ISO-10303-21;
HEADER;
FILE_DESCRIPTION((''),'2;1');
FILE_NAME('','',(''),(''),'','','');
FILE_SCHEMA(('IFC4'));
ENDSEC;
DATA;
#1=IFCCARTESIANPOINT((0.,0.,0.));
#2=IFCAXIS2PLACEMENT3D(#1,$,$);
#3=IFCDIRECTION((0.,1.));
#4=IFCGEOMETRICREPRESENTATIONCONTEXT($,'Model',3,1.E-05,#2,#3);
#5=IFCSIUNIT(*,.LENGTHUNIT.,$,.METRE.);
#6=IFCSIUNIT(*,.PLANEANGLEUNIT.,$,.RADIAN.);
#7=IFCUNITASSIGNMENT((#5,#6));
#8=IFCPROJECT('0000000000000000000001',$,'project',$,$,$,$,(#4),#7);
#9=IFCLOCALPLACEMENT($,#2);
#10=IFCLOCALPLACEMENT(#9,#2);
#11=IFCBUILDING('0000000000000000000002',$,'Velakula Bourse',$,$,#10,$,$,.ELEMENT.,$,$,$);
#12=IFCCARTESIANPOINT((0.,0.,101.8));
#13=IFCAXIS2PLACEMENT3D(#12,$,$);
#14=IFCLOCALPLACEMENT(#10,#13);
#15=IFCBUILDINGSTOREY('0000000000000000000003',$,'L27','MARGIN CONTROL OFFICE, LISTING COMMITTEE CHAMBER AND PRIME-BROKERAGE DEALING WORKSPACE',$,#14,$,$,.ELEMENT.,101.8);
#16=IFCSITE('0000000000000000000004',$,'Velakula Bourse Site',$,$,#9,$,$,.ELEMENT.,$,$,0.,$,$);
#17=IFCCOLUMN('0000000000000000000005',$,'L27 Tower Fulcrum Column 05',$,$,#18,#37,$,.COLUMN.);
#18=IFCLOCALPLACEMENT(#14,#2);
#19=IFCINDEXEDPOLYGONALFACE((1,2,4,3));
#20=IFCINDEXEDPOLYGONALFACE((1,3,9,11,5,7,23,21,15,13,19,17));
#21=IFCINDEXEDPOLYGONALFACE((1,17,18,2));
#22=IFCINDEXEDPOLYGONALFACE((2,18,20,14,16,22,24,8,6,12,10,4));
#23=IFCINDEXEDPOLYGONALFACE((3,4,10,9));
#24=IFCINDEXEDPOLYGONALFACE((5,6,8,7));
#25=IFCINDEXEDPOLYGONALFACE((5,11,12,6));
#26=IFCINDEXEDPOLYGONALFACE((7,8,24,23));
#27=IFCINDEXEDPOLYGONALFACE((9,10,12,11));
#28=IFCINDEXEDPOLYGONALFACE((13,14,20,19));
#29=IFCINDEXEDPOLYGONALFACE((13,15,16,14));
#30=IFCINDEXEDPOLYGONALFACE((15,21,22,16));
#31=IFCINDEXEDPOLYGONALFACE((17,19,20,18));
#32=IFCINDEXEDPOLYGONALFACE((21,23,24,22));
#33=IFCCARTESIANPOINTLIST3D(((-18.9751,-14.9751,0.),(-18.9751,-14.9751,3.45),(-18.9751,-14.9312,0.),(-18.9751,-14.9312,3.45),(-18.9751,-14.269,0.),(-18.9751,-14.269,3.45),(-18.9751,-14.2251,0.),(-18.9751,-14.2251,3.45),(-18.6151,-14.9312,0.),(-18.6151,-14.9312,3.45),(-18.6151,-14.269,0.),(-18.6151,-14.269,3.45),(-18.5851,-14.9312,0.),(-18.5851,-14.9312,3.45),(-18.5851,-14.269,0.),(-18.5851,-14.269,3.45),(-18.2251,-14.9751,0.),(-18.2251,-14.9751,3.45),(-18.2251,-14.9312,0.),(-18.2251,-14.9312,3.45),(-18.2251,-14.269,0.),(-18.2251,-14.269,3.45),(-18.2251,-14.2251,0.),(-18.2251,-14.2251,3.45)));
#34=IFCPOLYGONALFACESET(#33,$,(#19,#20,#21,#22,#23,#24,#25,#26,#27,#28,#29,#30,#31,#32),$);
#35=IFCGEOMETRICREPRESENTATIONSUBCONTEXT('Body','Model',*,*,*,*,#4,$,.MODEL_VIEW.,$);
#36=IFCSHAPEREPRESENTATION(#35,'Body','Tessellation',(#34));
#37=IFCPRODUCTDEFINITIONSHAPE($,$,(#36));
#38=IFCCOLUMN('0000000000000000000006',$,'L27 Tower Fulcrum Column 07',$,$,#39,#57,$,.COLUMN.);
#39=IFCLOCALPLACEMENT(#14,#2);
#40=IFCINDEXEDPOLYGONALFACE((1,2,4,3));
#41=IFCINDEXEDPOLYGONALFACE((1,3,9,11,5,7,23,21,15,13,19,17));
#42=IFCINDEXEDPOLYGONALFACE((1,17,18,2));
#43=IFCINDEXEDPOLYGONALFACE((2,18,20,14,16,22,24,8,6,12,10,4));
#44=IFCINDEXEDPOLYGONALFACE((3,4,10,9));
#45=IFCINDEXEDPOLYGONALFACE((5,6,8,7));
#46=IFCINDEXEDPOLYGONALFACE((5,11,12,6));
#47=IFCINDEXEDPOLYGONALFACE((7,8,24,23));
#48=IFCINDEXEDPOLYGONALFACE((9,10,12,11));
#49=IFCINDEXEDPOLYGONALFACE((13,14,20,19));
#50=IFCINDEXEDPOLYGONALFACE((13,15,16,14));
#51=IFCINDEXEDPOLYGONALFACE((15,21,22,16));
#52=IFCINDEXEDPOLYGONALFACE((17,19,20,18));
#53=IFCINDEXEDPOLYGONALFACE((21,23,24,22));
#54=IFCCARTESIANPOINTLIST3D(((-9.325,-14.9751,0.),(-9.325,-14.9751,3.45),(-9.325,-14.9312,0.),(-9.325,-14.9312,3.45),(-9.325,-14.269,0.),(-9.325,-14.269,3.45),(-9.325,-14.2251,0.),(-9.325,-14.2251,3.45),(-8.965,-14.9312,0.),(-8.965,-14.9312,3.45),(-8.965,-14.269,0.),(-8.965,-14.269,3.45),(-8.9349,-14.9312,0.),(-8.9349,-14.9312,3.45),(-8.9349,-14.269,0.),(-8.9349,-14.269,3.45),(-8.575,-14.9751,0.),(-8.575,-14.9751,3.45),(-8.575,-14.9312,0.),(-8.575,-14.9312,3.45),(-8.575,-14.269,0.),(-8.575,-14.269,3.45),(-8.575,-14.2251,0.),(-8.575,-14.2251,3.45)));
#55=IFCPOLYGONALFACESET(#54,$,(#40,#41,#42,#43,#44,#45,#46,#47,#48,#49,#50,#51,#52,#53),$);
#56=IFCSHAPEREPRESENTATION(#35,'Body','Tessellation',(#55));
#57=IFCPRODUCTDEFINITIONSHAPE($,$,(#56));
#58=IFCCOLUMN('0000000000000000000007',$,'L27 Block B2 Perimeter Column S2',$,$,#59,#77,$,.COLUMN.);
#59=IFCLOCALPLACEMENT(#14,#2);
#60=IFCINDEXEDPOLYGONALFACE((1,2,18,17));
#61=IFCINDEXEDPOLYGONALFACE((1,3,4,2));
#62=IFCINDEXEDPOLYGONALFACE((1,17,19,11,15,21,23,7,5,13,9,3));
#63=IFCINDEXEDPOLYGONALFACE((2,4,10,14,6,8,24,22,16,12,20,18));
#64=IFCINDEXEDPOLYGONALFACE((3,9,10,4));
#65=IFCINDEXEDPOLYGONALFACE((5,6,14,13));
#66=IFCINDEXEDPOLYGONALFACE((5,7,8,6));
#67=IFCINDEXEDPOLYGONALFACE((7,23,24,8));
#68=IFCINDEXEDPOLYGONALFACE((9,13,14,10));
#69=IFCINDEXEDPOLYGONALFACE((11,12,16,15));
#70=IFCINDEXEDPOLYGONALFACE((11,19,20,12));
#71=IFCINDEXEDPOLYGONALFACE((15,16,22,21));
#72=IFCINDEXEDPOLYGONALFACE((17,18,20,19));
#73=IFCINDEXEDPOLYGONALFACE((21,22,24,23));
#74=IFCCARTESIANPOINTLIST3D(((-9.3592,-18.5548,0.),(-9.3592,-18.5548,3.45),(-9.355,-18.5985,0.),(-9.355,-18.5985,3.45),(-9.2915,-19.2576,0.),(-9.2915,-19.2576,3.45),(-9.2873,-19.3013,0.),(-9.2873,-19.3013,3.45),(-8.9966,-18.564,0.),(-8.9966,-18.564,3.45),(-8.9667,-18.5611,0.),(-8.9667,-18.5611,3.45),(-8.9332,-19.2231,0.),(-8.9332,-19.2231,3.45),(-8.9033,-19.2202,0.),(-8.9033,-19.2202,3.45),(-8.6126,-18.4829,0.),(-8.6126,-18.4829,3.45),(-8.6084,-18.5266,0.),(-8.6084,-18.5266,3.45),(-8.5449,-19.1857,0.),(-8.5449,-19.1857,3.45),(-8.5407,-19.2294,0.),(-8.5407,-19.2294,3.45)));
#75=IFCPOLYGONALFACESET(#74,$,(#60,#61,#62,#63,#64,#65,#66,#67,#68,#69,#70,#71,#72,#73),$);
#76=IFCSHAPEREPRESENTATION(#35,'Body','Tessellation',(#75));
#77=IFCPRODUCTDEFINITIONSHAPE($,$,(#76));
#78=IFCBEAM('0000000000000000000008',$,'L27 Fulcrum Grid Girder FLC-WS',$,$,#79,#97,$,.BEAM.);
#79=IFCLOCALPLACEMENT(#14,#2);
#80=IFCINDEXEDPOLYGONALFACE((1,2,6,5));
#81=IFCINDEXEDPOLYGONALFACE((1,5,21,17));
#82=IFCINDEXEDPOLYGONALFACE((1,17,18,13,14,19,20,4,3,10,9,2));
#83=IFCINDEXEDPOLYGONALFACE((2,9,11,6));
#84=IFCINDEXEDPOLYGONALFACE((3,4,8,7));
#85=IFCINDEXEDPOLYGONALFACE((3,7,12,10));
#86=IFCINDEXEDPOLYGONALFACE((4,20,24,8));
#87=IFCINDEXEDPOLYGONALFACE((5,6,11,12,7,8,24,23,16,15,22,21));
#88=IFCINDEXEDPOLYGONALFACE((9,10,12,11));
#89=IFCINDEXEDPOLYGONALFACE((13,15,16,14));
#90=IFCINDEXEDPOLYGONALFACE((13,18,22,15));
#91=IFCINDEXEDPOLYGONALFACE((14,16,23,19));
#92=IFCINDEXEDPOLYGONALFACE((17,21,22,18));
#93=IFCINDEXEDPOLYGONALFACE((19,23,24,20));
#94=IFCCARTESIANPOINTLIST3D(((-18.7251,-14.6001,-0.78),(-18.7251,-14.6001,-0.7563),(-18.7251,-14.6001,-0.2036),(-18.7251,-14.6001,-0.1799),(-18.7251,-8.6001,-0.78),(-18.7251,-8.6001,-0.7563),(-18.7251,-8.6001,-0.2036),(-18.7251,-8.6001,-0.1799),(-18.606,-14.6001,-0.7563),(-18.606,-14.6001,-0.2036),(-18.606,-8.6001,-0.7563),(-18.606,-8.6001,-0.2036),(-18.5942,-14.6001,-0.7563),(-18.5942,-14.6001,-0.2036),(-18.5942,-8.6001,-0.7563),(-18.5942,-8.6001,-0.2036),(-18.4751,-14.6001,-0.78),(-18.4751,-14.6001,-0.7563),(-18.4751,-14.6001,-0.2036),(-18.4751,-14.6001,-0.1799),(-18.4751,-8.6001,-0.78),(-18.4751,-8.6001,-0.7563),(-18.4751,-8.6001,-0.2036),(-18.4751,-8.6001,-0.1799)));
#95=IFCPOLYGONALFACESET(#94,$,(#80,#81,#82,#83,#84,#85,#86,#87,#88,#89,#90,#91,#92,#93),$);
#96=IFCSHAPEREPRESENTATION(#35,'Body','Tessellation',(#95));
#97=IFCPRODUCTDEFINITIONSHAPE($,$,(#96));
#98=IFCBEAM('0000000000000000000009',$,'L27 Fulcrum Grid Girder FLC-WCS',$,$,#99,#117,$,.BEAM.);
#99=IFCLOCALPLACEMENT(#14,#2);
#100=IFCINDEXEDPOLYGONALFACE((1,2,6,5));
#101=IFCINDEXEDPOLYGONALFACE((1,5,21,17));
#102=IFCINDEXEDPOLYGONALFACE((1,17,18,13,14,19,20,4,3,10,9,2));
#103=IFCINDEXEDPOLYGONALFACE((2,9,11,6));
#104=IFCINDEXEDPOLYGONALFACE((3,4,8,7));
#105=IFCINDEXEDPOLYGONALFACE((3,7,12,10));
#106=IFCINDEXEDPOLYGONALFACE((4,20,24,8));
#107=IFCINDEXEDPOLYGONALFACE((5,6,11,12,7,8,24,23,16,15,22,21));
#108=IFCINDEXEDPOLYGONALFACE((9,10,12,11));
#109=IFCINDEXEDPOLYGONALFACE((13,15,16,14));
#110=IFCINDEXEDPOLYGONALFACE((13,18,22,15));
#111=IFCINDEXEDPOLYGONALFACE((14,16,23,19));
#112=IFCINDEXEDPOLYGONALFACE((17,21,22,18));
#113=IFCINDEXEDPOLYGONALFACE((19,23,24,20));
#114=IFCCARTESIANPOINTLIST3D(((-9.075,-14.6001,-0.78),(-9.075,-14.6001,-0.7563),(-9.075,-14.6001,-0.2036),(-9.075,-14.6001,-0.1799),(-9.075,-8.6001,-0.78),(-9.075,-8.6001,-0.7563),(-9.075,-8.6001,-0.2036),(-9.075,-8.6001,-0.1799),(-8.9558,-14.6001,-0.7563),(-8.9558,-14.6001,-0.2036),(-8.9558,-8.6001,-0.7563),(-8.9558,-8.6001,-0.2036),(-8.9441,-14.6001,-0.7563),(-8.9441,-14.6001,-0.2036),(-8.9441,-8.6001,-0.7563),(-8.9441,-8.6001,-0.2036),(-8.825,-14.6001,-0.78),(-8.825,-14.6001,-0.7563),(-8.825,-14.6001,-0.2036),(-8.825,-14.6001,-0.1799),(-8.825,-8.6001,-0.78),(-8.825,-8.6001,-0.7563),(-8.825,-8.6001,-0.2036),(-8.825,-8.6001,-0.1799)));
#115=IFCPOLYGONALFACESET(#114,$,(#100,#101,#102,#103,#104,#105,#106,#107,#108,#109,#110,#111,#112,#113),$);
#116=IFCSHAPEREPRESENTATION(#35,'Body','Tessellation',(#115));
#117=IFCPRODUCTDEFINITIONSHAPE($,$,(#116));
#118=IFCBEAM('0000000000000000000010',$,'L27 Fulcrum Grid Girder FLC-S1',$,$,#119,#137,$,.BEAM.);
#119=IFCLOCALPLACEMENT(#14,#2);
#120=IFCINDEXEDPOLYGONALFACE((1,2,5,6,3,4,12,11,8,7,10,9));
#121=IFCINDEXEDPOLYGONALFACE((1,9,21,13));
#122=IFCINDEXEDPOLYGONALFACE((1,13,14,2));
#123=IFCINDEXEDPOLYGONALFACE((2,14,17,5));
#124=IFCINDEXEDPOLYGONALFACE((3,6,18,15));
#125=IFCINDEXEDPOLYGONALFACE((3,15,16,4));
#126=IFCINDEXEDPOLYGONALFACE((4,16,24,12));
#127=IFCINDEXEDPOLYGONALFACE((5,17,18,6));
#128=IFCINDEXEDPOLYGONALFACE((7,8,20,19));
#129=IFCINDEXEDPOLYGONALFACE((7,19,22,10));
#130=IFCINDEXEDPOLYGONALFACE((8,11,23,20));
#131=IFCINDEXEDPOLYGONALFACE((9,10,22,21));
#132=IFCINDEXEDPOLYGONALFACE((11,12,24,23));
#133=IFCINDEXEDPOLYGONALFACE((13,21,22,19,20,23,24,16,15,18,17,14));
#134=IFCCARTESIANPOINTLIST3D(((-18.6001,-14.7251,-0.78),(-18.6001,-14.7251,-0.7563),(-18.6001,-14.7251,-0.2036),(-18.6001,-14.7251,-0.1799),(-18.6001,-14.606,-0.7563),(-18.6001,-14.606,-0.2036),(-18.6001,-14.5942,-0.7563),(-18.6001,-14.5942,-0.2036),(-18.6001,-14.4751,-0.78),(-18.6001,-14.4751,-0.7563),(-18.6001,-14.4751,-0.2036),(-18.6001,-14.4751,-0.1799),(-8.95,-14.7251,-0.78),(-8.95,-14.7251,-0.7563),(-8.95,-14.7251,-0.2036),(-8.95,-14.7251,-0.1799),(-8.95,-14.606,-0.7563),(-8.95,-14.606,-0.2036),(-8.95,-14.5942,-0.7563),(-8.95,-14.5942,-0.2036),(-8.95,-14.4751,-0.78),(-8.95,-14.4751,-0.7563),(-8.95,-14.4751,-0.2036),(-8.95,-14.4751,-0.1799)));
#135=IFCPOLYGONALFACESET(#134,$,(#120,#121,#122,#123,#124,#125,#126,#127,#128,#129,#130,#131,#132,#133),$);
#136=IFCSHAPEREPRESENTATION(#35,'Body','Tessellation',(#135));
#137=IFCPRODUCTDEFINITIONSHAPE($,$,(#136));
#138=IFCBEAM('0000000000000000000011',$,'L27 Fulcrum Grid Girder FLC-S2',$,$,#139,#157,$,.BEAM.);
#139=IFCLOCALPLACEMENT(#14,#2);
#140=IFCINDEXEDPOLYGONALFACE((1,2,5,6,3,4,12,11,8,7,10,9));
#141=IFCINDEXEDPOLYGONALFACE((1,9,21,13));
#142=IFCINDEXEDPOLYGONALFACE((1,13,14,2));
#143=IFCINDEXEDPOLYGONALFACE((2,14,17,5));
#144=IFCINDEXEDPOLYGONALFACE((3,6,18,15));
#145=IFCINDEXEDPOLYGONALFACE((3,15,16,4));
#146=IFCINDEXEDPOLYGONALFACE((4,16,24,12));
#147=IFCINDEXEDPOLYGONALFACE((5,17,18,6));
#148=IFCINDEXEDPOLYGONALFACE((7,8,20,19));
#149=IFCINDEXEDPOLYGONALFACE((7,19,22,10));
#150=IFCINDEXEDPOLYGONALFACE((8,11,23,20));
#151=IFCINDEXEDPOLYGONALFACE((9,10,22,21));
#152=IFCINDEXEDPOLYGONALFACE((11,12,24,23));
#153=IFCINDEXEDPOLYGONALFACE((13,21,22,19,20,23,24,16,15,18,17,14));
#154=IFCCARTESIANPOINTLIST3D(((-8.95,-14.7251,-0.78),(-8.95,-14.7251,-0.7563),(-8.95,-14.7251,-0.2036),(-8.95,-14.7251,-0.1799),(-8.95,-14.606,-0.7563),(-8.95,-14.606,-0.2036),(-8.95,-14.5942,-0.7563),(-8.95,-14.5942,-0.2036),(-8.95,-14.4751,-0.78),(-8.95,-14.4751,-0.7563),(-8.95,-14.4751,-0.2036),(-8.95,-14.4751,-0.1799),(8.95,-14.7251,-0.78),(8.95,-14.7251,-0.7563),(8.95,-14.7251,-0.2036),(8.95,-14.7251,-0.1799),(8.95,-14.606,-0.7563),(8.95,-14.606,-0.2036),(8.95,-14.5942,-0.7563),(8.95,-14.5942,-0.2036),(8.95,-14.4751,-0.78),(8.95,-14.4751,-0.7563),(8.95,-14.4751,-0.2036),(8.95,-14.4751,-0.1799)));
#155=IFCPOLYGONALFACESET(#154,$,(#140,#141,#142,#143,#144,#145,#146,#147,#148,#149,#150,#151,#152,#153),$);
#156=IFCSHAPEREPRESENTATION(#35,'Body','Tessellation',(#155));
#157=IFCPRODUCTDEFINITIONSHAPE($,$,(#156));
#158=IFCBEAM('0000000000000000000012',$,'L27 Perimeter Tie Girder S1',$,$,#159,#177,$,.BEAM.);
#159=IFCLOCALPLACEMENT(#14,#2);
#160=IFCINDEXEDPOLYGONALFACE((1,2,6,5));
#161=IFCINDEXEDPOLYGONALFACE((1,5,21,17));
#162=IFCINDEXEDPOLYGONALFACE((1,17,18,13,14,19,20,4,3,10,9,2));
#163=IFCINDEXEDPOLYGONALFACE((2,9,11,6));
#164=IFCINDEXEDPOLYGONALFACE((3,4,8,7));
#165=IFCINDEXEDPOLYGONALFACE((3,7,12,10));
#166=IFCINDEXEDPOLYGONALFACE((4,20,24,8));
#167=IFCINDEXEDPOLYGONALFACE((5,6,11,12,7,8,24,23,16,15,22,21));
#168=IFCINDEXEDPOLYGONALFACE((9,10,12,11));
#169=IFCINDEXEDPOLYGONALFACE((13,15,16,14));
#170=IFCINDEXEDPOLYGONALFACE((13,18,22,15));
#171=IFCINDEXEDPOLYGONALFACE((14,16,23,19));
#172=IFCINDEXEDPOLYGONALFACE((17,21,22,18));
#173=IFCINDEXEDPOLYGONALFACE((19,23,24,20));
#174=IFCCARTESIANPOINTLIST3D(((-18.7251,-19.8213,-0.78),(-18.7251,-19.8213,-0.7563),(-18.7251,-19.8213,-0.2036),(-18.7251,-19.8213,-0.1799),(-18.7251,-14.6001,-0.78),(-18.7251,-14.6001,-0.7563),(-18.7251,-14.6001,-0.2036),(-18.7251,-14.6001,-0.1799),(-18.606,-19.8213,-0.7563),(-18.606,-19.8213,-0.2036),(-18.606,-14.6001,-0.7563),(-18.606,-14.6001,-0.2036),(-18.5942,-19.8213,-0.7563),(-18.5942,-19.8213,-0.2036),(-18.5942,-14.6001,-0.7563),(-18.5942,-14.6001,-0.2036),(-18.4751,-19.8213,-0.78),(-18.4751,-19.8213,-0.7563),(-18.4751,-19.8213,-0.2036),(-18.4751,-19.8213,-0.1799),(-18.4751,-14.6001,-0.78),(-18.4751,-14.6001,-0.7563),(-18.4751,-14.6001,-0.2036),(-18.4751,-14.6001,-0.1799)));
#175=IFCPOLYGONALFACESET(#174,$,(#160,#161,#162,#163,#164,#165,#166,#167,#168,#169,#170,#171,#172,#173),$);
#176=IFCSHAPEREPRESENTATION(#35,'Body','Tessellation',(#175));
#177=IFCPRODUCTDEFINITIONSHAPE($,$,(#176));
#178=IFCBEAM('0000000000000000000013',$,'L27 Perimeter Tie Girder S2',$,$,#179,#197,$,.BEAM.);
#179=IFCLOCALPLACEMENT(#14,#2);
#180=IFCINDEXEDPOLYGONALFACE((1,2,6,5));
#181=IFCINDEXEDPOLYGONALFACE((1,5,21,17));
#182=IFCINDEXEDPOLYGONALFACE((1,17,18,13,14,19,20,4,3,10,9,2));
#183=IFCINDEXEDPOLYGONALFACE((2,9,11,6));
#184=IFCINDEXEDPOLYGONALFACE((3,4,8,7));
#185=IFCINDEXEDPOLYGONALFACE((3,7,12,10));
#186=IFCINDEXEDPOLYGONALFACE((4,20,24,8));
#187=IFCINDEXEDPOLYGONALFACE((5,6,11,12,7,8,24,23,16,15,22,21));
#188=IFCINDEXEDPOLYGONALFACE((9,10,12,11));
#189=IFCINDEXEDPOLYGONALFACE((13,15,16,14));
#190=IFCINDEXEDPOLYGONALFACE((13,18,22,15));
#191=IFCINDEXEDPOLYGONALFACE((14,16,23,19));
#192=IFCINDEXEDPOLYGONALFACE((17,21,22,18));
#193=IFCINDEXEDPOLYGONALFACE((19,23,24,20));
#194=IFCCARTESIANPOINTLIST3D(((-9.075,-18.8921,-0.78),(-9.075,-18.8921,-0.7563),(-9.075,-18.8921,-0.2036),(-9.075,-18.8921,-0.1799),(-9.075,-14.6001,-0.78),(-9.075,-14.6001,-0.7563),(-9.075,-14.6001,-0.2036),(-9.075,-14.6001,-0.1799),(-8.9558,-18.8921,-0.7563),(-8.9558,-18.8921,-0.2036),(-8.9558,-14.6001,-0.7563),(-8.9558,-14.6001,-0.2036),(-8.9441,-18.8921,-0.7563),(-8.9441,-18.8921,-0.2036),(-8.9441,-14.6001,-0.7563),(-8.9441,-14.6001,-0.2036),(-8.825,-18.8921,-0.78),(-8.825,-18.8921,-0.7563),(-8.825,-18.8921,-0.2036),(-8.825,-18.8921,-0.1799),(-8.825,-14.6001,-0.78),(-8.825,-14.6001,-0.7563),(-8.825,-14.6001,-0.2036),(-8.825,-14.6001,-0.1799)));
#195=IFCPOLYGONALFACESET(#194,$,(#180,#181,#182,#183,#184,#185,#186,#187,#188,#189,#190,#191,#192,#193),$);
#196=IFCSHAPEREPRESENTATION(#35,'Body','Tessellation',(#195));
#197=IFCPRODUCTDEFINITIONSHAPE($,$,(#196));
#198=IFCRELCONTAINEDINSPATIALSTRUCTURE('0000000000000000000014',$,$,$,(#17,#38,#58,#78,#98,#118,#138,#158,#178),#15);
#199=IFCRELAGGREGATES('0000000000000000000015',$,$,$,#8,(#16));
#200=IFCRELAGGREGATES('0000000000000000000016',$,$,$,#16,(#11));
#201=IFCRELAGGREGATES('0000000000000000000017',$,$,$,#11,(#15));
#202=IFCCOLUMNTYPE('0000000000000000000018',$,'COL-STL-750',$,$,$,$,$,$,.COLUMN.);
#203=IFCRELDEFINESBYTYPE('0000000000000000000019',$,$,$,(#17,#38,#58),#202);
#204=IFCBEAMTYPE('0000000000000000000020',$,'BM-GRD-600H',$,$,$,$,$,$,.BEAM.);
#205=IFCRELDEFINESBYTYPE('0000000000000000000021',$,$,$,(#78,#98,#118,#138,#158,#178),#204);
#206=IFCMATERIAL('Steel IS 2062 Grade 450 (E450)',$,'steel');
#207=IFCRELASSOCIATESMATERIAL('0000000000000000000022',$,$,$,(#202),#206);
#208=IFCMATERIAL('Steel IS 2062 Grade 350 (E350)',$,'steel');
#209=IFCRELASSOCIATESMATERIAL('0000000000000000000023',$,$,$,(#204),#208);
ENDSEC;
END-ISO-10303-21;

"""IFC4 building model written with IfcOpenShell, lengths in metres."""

from ifc_helpers import new_model, si_unit, direction, frame, origin, origin_2d, place, context, subcontext, project, spatial, i_section, extrude, material, material_profile, profile_set, type_object, element, save


model = new_model("IFC4")

# Units and contexts
model_context = context("Model", 3, precision=1e-05, world=origin(), true_north=direction((0.0, 1.0)))
body_context = subcontext(model_context, "Body", "Model", "MODEL_VIEW")
ifc_project = project(units=[si_unit("LENGTHUNIT", "METRE"), si_unit("PLANEANGLEUNIT", "RADIAN")], contexts=[model_context])

# Site, building, storey
site_placement = place(None, origin())
site = spatial("IfcSite", under=ifc_project, at=site_placement, Name="Velakula Bourse Site", CompositionType="ELEMENT", RefElevation=0.0)
building_placement = place(site_placement, origin())
building = spatial("IfcBuilding", under=site, at=building_placement, Name="Velakula Bourse", CompositionType="ELEMENT")
storey_placement = place(building_placement, frame((0.0, 0.0, 101.8)))
storey = spatial("IfcBuildingStorey", under=building, at=storey_placement, Name="L27", Description="MARGIN CONTROL OFFICE, LISTING COMMITTEE CHAMBER AND PRIME-BROKERAGE DEALING WORKSPACE", CompositionType="ELEMENT", Elevation=101.8)

# Columns
ifc_material_1 = material(Name="Steel IS 2062 Grade 450 (E450)", Category="steel")
ifc_material_profile_1 = material_profile(ifc_material_1, i_section(OverallWidth=0.75, OverallDepth=0.75, WebThickness=0.03, FlangeThickness=0.0439, at=origin_2d()), Name="Steel IS 2062 Grade 450 (E450)")
ifc_profile_set_1 = profile_set([ifc_material_profile_1], Name="Steel IS 2062 Grade 450 (E450)")
column_type = type_object("IfcColumnType", Name="COL-STL-750", PredefinedType="COLUMN", material=ifc_profile_set_1)
for number, where, z_axis, x_axis, name in (
    (1, (-18.6001, -14.6001, 0.0), (0.0, 0.0, 1.0), (1.0, 0.0, 0.0), "L27 Tower Fulcrum Column 05"),
    (2, (-8.95, -14.6001, 0.0), (0.0, 0.0, 1.0), (1.0, 0.0, 0.0), "L27 Tower Fulcrum Column 07"),
    (3, (-8.95, -18.8921, 0.0), (0.0, 0.0, 1.0), (0.995396, 0.095846, 0.0), "L27 Block B2 Perimeter Column S2"),
):
    element("IfcColumn", number, at=place(storey_placement, frame(where, z_axis=z_axis, x_axis=x_axis)), inside=storey, type_object=column_type, Name=name, PredefinedType="COLUMN", context=body_context, shape_type="SweptSolid", body=[
        extrude(i_section(OverallWidth=0.75, OverallDepth=0.75, WebThickness=0.03, FlangeThickness=0.0439, at=origin_2d()), origin(), (0.0, 0.0, 1.0), 3.45),
    ])

# Beams
ifc_material_2 = material(Name="Steel IS 2062 Grade 350 (E350)", Category="steel")
ifc_material_profile_2 = material_profile(ifc_material_2, i_section(OverallWidth=0.25, OverallDepth=0.6001, WebThickness=0.0117, FlangeThickness=0.0237, at=origin_2d()), Name="Steel IS 2062 Grade 350 (E350)")
ifc_profile_set_2 = profile_set([ifc_material_profile_2], Name="Steel IS 2062 Grade 350 (E350)")
beam_type_1 = type_object("IfcBeamType", Name="BM-GRD-600H", PredefinedType="BEAM", material=ifc_profile_set_2)
for number, where, z_axis, x_axis, name in (
    (4, (-18.6001, -14.6001, -0.48), (0.0, 1.0, 0.0), (-1.0, 0.0, 0.0), "L27 Fulcrum Grid Girder FLC-WS"),
    (5, (-8.95, -14.6001, -0.48), (0.0, 1.0, 0.0), (-1.0, 0.0, 0.0), "L27 Fulcrum Grid Girder FLC-WCS"),
):
    element("IfcBeam", number, at=place(storey_placement, frame(where, z_axis=z_axis, x_axis=x_axis)), inside=storey, type_object=beam_type_1, Name=name, PredefinedType="BEAM", context=body_context, shape_type="SweptSolid", body=[
        extrude(i_section(OverallWidth=0.25, OverallDepth=0.6001, WebThickness=0.0117, FlangeThickness=0.0237, at=origin_2d()), origin(), (0.0, 0.0, 1.0), 6.0),
    ])
beam_1_placement = place(storey_placement, frame((-18.6001, -14.6001, -0.48), z_axis=(1.0, 0.0, 0.0), x_axis=(0.0, 1.0, 0.0)))
element("IfcBeam", 6, at=beam_1_placement, inside=storey, type_object=beam_type_1, Name="L27 Fulcrum Grid Girder FLC-S1", PredefinedType="BEAM", context=body_context, shape_type="SweptSolid", body=[
    extrude(i_section(OverallWidth=0.25, OverallDepth=0.6001, WebThickness=0.0117, FlangeThickness=0.0237, at=origin_2d()), origin(), (0.0, 0.0, 1.0), 9.6501),
])
beam_2_placement = place(storey_placement, frame((-8.95, -14.6001, -0.48), z_axis=(1.0, 0.0, 0.0), x_axis=(0.0, 1.0, 0.0)))
element("IfcBeam", 7, at=beam_2_placement, inside=storey, type_object=beam_type_1, Name="L27 Fulcrum Grid Girder FLC-S2", PredefinedType="BEAM", context=body_context, shape_type="SweptSolid", body=[
    extrude(i_section(OverallWidth=0.25, OverallDepth=0.6001, WebThickness=0.0117, FlangeThickness=0.0237, at=origin_2d()), origin(), (0.0, 0.0, 1.0), 17.8999),
])
beam_3_placement = place(storey_placement, frame((-18.6001, -14.6001, -0.48), z_axis=(0.0, -1.0, 0.0), x_axis=(1.0, 0.0, 0.0)))
element("IfcBeam", 8, at=beam_3_placement, inside=storey, type_object=beam_type_1, Name="L27 Perimeter Tie Girder S1", PredefinedType="BEAM", context=body_context, shape_type="SweptSolid", body=[
    extrude(i_section(OverallWidth=0.25, OverallDepth=0.6001, WebThickness=0.0117, FlangeThickness=0.0237, at=origin_2d()), origin(), (0.0, 0.0, 1.0), 5.2212),
])
beam_4_placement = place(storey_placement, frame((-8.95, -14.6001, -0.48), z_axis=(0.0, -1.0, 0.0), x_axis=(1.0, 0.0, 0.0)))
element("IfcBeam", 9, at=beam_4_placement, inside=storey, type_object=beam_type_1, Name="L27 Perimeter Tie Girder S2", PredefinedType="BEAM", context=body_context, shape_type="SweptSolid", body=[
    extrude(i_section(OverallWidth=0.25, OverallDepth=0.6001, WebThickness=0.0117, FlangeThickness=0.0237, at=origin_2d()), origin(), (0.0, 0.0, 1.0), 4.292),
])

save(model, "model.ifc")
